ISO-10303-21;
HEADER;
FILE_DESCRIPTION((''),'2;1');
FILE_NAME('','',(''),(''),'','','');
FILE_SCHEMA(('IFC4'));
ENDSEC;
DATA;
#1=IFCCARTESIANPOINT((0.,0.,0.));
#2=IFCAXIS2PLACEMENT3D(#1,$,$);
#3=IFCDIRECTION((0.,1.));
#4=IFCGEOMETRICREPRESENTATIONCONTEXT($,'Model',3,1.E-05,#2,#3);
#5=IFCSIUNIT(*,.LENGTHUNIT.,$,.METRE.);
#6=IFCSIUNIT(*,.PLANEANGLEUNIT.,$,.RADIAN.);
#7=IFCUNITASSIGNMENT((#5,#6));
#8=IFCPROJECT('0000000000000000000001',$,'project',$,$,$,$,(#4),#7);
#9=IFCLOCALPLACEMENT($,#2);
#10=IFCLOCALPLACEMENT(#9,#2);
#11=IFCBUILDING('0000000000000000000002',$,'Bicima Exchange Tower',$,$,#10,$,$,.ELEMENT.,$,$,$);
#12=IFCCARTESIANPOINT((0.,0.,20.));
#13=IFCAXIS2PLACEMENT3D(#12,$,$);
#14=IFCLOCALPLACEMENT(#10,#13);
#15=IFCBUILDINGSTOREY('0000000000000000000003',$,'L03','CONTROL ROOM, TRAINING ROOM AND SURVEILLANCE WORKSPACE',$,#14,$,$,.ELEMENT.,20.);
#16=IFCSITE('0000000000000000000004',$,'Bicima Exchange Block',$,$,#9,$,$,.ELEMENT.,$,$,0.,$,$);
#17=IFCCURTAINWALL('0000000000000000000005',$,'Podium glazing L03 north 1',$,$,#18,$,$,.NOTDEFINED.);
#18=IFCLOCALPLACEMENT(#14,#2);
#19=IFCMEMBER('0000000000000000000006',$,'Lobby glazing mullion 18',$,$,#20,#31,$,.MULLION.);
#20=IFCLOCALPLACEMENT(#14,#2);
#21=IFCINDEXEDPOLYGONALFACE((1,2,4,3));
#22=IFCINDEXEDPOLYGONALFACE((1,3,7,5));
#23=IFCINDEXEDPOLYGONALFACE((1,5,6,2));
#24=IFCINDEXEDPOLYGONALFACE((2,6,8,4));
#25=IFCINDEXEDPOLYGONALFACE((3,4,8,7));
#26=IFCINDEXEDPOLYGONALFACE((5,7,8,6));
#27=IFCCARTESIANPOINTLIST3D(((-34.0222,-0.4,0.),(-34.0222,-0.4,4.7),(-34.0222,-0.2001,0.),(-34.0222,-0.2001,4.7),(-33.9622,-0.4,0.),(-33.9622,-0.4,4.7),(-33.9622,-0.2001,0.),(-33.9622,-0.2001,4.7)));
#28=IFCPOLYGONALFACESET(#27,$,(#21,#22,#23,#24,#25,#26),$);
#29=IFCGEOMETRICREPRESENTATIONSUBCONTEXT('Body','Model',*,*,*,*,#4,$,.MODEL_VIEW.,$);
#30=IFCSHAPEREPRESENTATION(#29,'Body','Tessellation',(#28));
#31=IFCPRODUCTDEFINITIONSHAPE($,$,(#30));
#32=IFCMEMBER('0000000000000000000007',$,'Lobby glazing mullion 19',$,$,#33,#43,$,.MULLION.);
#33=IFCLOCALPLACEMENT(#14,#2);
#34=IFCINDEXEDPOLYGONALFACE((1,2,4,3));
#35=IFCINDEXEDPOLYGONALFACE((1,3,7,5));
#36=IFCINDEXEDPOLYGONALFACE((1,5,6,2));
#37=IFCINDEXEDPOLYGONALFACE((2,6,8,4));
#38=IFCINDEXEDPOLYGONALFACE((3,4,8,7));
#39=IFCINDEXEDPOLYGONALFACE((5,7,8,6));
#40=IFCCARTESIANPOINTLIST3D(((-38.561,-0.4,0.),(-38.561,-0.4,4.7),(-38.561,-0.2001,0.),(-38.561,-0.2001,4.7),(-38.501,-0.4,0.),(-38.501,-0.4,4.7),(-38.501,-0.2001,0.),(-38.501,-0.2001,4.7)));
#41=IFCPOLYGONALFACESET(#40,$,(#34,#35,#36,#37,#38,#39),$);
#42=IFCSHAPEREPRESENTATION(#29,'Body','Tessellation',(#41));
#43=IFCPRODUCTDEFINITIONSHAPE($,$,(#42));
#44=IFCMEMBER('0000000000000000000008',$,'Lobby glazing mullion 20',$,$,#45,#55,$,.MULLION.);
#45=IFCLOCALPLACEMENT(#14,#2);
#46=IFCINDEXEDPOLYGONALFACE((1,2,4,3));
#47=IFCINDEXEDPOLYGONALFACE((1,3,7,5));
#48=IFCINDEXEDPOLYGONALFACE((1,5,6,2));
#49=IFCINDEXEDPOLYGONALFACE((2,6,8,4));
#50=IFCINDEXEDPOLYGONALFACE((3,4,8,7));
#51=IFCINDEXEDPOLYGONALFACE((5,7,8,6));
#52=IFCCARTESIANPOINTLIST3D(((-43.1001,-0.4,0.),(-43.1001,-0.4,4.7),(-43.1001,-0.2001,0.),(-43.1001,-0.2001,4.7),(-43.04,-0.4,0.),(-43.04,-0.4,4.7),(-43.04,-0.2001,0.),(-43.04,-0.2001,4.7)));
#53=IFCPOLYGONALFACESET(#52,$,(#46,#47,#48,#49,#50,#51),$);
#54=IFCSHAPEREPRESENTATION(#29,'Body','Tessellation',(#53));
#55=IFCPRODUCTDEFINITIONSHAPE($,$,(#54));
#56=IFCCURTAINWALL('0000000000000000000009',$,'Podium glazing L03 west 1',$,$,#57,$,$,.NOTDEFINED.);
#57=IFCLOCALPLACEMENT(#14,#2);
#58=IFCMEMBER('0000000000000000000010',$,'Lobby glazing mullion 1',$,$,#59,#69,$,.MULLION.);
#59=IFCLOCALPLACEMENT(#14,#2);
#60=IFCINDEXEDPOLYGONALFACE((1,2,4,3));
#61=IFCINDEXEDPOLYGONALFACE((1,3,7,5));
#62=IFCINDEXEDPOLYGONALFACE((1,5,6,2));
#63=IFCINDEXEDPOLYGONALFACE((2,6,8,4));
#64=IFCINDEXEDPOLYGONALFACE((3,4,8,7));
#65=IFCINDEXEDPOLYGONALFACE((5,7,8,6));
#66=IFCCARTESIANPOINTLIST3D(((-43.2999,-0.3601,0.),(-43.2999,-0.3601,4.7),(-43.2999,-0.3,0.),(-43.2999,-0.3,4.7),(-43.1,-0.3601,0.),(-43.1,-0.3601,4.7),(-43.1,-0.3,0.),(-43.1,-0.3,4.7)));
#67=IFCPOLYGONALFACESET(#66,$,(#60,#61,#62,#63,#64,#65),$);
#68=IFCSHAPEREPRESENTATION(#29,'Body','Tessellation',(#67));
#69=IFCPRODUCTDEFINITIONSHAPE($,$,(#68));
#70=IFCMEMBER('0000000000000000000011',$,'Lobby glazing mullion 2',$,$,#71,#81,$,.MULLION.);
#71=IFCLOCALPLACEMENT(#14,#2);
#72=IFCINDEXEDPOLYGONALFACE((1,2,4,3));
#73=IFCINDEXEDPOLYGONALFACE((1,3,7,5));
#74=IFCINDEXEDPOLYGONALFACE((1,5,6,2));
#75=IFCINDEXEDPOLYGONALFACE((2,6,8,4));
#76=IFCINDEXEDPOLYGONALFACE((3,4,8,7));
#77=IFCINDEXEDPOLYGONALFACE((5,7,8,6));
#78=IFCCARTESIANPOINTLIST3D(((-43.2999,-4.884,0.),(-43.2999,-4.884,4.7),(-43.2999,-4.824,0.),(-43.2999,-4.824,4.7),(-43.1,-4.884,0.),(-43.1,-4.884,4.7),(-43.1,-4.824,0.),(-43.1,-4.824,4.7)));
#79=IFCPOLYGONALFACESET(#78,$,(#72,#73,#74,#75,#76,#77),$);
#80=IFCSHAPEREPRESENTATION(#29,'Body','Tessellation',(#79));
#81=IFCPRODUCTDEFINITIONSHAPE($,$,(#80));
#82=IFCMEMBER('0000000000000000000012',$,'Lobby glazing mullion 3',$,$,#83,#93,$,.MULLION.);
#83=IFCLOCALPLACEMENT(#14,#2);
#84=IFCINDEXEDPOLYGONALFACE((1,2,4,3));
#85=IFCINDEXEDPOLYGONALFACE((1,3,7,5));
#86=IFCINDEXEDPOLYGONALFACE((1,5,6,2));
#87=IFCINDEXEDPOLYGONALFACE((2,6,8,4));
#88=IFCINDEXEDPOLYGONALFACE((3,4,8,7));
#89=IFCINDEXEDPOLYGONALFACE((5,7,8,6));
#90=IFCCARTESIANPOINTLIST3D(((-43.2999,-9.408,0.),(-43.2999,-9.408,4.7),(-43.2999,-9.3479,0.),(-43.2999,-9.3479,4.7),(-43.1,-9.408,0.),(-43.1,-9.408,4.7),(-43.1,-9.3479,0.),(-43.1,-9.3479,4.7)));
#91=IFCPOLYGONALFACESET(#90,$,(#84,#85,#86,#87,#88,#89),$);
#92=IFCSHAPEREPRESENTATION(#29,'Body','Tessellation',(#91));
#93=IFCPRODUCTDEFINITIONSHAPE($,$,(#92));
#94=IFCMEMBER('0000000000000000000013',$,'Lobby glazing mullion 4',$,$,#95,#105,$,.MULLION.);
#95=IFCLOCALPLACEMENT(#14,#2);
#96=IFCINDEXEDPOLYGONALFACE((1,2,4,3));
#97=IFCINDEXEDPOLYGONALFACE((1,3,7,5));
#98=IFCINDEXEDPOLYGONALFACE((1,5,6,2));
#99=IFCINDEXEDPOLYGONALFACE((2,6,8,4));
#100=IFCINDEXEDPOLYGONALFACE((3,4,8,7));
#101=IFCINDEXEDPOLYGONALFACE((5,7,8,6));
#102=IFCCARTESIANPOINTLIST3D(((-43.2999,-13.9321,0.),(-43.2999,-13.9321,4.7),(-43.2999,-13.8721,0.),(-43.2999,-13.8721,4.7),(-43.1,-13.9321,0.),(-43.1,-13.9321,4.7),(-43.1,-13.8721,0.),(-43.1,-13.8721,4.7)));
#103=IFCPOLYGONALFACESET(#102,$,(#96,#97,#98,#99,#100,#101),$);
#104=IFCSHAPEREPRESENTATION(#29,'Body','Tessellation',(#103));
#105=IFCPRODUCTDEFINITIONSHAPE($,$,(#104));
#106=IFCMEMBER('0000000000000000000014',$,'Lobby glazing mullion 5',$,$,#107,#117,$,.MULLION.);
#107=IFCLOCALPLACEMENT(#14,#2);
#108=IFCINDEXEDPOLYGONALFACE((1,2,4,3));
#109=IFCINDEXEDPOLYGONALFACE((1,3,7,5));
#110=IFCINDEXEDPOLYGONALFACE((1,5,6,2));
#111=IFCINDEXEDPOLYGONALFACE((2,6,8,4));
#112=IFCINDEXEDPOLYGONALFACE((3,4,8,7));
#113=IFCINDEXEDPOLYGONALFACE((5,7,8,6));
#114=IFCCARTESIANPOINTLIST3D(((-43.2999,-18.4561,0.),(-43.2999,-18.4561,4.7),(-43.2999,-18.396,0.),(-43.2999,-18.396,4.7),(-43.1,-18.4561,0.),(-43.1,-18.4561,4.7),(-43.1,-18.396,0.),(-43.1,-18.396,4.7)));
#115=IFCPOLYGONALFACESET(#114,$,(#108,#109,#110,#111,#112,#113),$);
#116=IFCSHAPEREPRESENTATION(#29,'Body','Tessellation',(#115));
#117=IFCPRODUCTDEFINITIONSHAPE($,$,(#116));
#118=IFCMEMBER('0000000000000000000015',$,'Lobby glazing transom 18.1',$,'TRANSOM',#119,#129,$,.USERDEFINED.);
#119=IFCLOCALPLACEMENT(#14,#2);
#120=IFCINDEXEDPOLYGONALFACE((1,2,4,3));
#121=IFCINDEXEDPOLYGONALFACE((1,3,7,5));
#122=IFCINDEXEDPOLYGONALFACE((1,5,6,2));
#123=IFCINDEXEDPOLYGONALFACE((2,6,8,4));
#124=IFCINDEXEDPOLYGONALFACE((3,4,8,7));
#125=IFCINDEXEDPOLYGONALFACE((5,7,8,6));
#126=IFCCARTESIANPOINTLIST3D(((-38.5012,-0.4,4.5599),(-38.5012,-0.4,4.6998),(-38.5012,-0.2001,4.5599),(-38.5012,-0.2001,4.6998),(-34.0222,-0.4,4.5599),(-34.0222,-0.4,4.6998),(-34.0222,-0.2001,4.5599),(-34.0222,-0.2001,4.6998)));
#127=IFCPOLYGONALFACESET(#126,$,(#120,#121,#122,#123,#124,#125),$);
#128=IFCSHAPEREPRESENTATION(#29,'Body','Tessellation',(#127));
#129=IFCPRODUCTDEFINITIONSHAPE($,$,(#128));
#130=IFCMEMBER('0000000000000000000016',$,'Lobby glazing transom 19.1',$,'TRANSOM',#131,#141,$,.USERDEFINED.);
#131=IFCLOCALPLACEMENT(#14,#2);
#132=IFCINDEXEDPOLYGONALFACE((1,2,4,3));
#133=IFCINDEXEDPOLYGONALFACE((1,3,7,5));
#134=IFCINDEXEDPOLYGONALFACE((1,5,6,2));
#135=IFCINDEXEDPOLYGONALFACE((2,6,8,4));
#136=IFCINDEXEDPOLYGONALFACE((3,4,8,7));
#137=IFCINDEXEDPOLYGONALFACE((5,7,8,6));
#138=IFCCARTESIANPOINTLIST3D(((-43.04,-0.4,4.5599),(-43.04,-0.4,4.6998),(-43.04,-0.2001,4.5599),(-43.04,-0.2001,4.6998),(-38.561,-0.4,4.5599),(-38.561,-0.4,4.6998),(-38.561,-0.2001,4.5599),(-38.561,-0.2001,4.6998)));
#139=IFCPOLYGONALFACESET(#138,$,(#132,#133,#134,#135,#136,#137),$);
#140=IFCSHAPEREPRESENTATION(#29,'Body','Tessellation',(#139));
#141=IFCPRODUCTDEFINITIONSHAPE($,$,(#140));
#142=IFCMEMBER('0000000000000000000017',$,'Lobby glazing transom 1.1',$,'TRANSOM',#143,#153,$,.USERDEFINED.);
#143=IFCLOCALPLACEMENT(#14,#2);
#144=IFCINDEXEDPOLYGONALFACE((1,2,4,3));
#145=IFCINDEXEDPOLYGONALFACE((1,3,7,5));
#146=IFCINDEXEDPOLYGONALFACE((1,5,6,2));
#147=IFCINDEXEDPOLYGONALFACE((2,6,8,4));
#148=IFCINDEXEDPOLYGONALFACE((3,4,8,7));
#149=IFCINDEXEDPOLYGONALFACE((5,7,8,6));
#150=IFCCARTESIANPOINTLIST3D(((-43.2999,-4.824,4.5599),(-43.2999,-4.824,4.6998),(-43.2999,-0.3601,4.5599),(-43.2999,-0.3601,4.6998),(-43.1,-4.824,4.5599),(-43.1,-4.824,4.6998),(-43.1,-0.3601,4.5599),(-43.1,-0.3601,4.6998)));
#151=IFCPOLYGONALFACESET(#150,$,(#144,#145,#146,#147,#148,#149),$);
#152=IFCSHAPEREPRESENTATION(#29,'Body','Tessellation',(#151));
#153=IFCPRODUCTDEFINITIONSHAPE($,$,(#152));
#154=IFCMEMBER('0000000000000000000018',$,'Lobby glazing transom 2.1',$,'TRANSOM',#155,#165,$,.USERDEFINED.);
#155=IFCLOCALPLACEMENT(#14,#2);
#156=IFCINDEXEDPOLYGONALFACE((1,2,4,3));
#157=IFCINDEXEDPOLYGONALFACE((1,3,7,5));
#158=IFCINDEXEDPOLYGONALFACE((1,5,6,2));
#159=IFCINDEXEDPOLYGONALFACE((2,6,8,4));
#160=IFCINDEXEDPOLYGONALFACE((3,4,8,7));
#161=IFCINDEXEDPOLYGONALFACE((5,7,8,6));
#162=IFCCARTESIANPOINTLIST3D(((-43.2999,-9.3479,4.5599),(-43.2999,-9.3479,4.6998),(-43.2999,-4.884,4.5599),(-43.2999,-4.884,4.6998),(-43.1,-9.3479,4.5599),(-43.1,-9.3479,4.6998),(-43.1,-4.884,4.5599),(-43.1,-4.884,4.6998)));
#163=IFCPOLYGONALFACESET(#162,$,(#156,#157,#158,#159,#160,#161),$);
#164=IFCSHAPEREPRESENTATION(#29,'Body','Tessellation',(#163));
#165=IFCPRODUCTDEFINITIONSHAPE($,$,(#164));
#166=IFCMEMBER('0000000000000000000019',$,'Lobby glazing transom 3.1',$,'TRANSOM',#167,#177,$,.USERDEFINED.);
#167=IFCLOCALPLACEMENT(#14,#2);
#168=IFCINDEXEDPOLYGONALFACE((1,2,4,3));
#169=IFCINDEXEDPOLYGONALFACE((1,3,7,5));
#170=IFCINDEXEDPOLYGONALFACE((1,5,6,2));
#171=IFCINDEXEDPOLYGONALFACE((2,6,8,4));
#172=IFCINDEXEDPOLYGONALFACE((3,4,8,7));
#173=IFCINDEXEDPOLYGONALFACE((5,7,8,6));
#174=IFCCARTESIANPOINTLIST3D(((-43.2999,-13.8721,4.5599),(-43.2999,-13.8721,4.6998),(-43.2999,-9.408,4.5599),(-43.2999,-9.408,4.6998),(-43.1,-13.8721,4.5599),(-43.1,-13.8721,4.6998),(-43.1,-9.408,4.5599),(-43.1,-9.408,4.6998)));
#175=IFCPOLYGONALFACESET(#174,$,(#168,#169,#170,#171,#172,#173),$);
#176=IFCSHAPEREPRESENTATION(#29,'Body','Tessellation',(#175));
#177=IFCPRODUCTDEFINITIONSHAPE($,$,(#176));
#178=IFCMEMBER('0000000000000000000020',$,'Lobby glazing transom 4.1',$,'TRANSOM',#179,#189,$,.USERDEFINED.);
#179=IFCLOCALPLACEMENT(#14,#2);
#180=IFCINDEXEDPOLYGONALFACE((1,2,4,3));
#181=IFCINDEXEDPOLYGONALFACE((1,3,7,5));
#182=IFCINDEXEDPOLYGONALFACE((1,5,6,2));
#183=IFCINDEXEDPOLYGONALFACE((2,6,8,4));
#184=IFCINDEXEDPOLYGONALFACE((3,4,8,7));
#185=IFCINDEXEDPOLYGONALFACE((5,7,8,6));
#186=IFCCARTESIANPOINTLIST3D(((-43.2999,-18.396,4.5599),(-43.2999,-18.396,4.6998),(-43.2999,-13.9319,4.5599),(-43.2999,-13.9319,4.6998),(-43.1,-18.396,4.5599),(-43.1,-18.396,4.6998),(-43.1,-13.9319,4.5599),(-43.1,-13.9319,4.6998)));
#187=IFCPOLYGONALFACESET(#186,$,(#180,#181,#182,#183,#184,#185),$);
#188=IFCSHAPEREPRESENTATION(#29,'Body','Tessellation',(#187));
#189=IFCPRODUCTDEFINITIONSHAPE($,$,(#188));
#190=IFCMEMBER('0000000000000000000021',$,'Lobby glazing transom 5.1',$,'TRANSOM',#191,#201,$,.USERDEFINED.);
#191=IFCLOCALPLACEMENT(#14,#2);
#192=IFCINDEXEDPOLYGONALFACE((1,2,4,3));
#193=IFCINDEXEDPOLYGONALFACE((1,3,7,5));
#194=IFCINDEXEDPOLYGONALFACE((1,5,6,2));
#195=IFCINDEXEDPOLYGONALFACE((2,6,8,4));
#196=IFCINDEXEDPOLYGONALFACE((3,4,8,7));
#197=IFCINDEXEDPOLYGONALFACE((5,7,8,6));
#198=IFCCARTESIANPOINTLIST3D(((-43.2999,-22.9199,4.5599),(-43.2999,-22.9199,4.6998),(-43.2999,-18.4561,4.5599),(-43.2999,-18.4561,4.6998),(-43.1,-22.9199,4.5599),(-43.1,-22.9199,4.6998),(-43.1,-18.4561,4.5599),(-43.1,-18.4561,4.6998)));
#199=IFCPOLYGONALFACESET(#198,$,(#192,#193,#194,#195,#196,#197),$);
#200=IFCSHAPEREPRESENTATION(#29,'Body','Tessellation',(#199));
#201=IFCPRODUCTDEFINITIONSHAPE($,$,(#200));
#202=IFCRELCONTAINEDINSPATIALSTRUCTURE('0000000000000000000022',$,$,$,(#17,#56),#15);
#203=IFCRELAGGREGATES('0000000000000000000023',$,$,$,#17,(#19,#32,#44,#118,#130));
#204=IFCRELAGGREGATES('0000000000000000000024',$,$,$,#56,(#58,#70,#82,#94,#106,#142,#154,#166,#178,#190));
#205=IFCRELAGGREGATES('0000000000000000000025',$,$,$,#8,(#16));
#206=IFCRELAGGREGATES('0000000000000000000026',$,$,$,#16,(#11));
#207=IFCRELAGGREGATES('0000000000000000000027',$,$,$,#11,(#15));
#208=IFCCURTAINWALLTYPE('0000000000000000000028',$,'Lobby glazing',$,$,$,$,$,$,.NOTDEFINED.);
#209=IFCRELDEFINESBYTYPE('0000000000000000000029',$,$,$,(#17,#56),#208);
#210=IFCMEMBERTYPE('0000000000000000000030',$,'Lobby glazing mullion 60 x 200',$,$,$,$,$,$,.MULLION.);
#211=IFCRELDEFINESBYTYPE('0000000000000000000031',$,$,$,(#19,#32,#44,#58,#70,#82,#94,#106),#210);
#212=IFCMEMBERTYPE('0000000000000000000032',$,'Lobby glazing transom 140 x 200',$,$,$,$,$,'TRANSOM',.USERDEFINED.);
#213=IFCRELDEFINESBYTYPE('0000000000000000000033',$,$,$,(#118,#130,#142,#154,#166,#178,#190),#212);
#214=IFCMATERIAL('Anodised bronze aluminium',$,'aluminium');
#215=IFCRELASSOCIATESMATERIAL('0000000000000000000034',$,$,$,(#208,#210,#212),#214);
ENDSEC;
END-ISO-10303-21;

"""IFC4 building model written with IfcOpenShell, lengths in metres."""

from ifc_helpers import new_model, si_unit, direction, frame, origin, origin_2d, place, context, subcontext, project, spatial, rectangle, extrude, material, material_profile, profile_set, type_object, element, aggregate, save


model = new_model("IFC4")

# Units and contexts
model_context = context("Model", 3, precision=1e-05, world=origin(), true_north=direction((0.0, 1.0)))
body_context = subcontext(model_context, "Body", "Model", "MODEL_VIEW")
ifc_project = project(units=[si_unit("LENGTHUNIT", "METRE"), si_unit("PLANEANGLEUNIT", "RADIAN")], contexts=[model_context])

# Site, building, storey
site_placement = place(None, origin())
site = spatial("IfcSite", under=ifc_project, at=site_placement, Name="Bicima Exchange Block", CompositionType="ELEMENT", RefElevation=0.0)
building_placement = place(site_placement, origin())
building = spatial("IfcBuilding", under=site, at=building_placement, Name="Bicima Exchange Tower", CompositionType="ELEMENT")
storey_placement = place(building_placement, frame((0.0, 0.0, 20.0)))
storey = spatial("IfcBuildingStorey", under=building, at=storey_placement, Name="L03", Description="CONTROL ROOM, TRAINING ROOM AND SURVEILLANCE WORKSPACE", CompositionType="ELEMENT", Elevation=20.0)

# Curtain walls, members
ifc_material_1 = material(Name="Anodised bronze aluminium", Category="aluminium")
curtain_wall_type = type_object("IfcCurtainWallType", Name="Lobby glazing", PredefinedType="NOTDEFINED", material=ifc_material_1)
curtain_wall_1_placement = place(storey_placement, origin())
curtain_wall_1 = element("IfcCurtainWall", 1, at=curtain_wall_1_placement, inside=storey, type_object=curtain_wall_type, Name="Podium glazing L03 north 1", PredefinedType="NOTDEFINED")
ifc_material_profile_1 = material_profile(ifc_material_1, rectangle(XDim=0.2, YDim=0.0601, at=origin_2d()))
ifc_profile_set_1 = profile_set([ifc_material_profile_1], Name="Anodised bronze aluminium")
member_type_1 = type_object("IfcMemberType", Name="Lobby glazing mullion 60 x 200", PredefinedType="MULLION", material=ifc_profile_set_1)
member_1_placement = place(storey_placement, frame((-33.9922, -0.3, 0.0), z_axis=(0.0, 0.0, 1.0), x_axis=(0.0, -1.0, 0.0)))
member_1 = element("IfcMember", 2, at=member_1_placement, type_object=member_type_1, Name="Lobby glazing mullion 18", PredefinedType="MULLION", context=body_context, shape_type="SweptSolid", body=[
    extrude(rectangle(XDim=0.2, YDim=0.0601, at=origin_2d()), origin(), (0.0, 0.0, 1.0), 4.7),
])
member_2_placement = place(storey_placement, frame((-38.531, -0.3, 0.0), z_axis=(0.0, 0.0, 1.0), x_axis=(0.0, -1.0, 0.0)))
member_2 = element("IfcMember", 3, at=member_2_placement, type_object=member_type_1, Name="Lobby glazing mullion 19", PredefinedType="MULLION", context=body_context, shape_type="SweptSolid", body=[
    extrude(rectangle(XDim=0.2, YDim=0.0601, at=origin_2d()), origin(), (0.0, 0.0, 1.0), 4.7),
])
member_3_placement = place(storey_placement, frame((-43.0701, -0.3, 0.0), z_axis=(0.0, 0.0, 1.0), x_axis=(0.0, -1.0, 0.0)))
member_3 = element("IfcMember", 4, at=member_3_placement, type_object=member_type_1, Name="Lobby glazing mullion 20", PredefinedType="MULLION", context=body_context, shape_type="SweptSolid", body=[
    extrude(rectangle(XDim=0.2, YDim=0.0601, at=origin_2d()), origin(), (0.0, 0.0, 1.0), 4.7),
])
curtain_wall_2_placement = place(storey_placement, origin())
curtain_wall_2 = element("IfcCurtainWall", 5, at=curtain_wall_2_placement, inside=storey, type_object=curtain_wall_type, Name="Podium glazing L03 west 1", PredefinedType="NOTDEFINED")
member_4_placement = place(storey_placement, frame((-43.2, -0.3301, 0.0), z_axis=(0.0, 0.0, 1.0), x_axis=(1.0, 0.0, 0.0)))
member_4 = element("IfcMember", 6, at=member_4_placement, type_object=member_type_1, Name="Lobby glazing mullion 1", PredefinedType="MULLION", context=body_context, shape_type="SweptSolid", body=[
    extrude(rectangle(XDim=0.2, YDim=0.0601, at=origin_2d()), origin(), (0.0, 0.0, 1.0), 4.7),
])
member_5_placement = place(storey_placement, frame((-43.2, -4.854, 0.0), z_axis=(0.0, 0.0, 1.0), x_axis=(1.0, 0.0, 0.0)))
member_5 = element("IfcMember", 7, at=member_5_placement, type_object=member_type_1, Name="Lobby glazing mullion 2", PredefinedType="MULLION", context=body_context, shape_type="SweptSolid", body=[
    extrude(rectangle(XDim=0.2, YDim=0.0601, at=origin_2d()), origin(), (0.0, 0.0, 1.0), 4.7),
])
member_6_placement = place(storey_placement, frame((-43.2, -9.3779, 0.0), z_axis=(0.0, 0.0, 1.0), x_axis=(1.0, 0.0, 0.0)))
member_6 = element("IfcMember", 8, at=member_6_placement, type_object=member_type_1, Name="Lobby glazing mullion 3", PredefinedType="MULLION", context=body_context, shape_type="SweptSolid", body=[
    extrude(rectangle(XDim=0.2, YDim=0.0601, at=origin_2d()), origin(), (0.0, 0.0, 1.0), 4.7),
])
member_7_placement = place(storey_placement, frame((-43.2, -13.9021, 0.0), z_axis=(0.0, 0.0, 1.0), x_axis=(1.0, 0.0, 0.0)))
member_7 = element("IfcMember", 9, at=member_7_placement, type_object=member_type_1, Name="Lobby glazing mullion 4", PredefinedType="MULLION", context=body_context, shape_type="SweptSolid", body=[
    extrude(rectangle(XDim=0.2, YDim=0.0601, at=origin_2d()), origin(), (0.0, 0.0, 1.0), 4.7),
])
member_8_placement = place(storey_placement, frame((-43.2, -18.426, 0.0), z_axis=(0.0, 0.0, 1.0), x_axis=(1.0, 0.0, 0.0)))
member_8 = element("IfcMember", 10, at=member_8_placement, type_object=member_type_1, Name="Lobby glazing mullion 5", PredefinedType="MULLION", context=body_context, shape_type="SweptSolid", body=[
    extrude(rectangle(XDim=0.2, YDim=0.0601, at=origin_2d()), origin(), (0.0, 0.0, 1.0), 4.7),
])

# Members
ifc_material_profile_2 = material_profile(ifc_material_1, rectangle(XDim=0.2, YDim=0.1399, at=origin_2d()))
ifc_profile_set_2 = profile_set([ifc_material_profile_2], Name="Anodised bronze aluminium")
member_type_2 = type_object("IfcMemberType", Name="Lobby glazing transom 140 x 200", ElementType="TRANSOM", PredefinedType="USERDEFINED", material=ifc_profile_set_2)
member_9_placement = place(storey_placement, frame((-34.0222, -0.3, 4.6299), z_axis=(-1.0, 0.0, 0.0), x_axis=(0.0, -1.0, 0.0)))
member_9 = element("IfcMember", 11, at=member_9_placement, type_object=member_type_2, Name="Lobby glazing transom 18.1", ObjectType="TRANSOM", PredefinedType="USERDEFINED", context=body_context, shape_type="SweptSolid", body=[
    extrude(rectangle(XDim=0.2, YDim=0.1399, at=origin_2d()), origin(), (0.0, 0.0, 1.0), 4.479),
])
member_10_placement = place(storey_placement, frame((-38.561, -0.3, 4.6299), z_axis=(-1.0, 0.0, 0.0), x_axis=(0.0, -1.0, 0.0)))
member_10 = element("IfcMember", 12, at=member_10_placement, type_object=member_type_2, Name="Lobby glazing transom 19.1", ObjectType="TRANSOM", PredefinedType="USERDEFINED", context=body_context, shape_type="SweptSolid", body=[
    extrude(rectangle(XDim=0.2, YDim=0.1399, at=origin_2d()), origin(), (0.0, 0.0, 1.0), 4.479),
])
member_11_placement = place(storey_placement, frame((-43.2, -0.3601, 4.6299), z_axis=(0.0, -1.0, 0.0), x_axis=(1.0, 0.0, 0.0)))
member_11 = element("IfcMember", 13, at=member_11_placement, type_object=member_type_2, Name="Lobby glazing transom 1.1", ObjectType="TRANSOM", PredefinedType="USERDEFINED", context=body_context, shape_type="SweptSolid", body=[
    extrude(rectangle(XDim=0.2, YDim=0.1399, at=origin_2d()), origin(), (0.0, 0.0, 1.0), 4.4639),
])
member_12_placement = place(storey_placement, frame((-43.2, -4.884, 4.6299), z_axis=(0.0, -1.0, 0.0), x_axis=(1.0, 0.0, 0.0)))
member_12 = element("IfcMember", 14, at=member_12_placement, type_object=member_type_2, Name="Lobby glazing transom 2.1", ObjectType="TRANSOM", PredefinedType="USERDEFINED", context=body_context, shape_type="SweptSolid", body=[
    extrude(rectangle(XDim=0.2, YDim=0.1399, at=origin_2d()), origin(), (0.0, 0.0, 1.0), 4.4639),
])
member_13_placement = place(storey_placement, frame((-43.2, -9.408, 4.6299), z_axis=(0.0, -1.0, 0.0), x_axis=(1.0, 0.0, 0.0)))
member_13 = element("IfcMember", 15, at=member_13_placement, type_object=member_type_2, Name="Lobby glazing transom 3.1", ObjectType="TRANSOM", PredefinedType="USERDEFINED", context=body_context, shape_type="SweptSolid", body=[
    extrude(rectangle(XDim=0.2, YDim=0.1399, at=origin_2d()), origin(), (0.0, 0.0, 1.0), 4.4641),
])
member_14_placement = place(storey_placement, frame((-43.2, -13.9319, 4.6299), z_axis=(0.0, -1.0, 0.0), x_axis=(1.0, 0.0, 0.0)))
member_14 = element("IfcMember", 16, at=member_14_placement, type_object=member_type_2, Name="Lobby glazing transom 4.1", ObjectType="TRANSOM", PredefinedType="USERDEFINED", context=body_context, shape_type="SweptSolid", body=[
    extrude(rectangle(XDim=0.2, YDim=0.1399, at=origin_2d()), origin(), (0.0, 0.0, 1.0), 4.4641),
])
member_15_placement = place(storey_placement, frame((-43.2, -18.4561, 4.6299), z_axis=(0.0, -1.0, 0.0), x_axis=(1.0, 0.0, 0.0)))
member_15 = element("IfcMember", 17, at=member_15_placement, type_object=member_type_2, Name="Lobby glazing transom 5.1", ObjectType="TRANSOM", PredefinedType="USERDEFINED", context=body_context, shape_type="SweptSolid", body=[
    extrude(rectangle(XDim=0.2, YDim=0.1399, at=origin_2d()), origin(), (0.0, 0.0, 1.0), 4.4639),
])

aggregate(curtain_wall_1, [member_1, member_2, member_3, member_9, member_10])
aggregate(curtain_wall_2, [member_4, member_5, member_6, member_7, member_8, member_11, member_12, member_13, member_14, member_15])

save(model, "model.ifc")
